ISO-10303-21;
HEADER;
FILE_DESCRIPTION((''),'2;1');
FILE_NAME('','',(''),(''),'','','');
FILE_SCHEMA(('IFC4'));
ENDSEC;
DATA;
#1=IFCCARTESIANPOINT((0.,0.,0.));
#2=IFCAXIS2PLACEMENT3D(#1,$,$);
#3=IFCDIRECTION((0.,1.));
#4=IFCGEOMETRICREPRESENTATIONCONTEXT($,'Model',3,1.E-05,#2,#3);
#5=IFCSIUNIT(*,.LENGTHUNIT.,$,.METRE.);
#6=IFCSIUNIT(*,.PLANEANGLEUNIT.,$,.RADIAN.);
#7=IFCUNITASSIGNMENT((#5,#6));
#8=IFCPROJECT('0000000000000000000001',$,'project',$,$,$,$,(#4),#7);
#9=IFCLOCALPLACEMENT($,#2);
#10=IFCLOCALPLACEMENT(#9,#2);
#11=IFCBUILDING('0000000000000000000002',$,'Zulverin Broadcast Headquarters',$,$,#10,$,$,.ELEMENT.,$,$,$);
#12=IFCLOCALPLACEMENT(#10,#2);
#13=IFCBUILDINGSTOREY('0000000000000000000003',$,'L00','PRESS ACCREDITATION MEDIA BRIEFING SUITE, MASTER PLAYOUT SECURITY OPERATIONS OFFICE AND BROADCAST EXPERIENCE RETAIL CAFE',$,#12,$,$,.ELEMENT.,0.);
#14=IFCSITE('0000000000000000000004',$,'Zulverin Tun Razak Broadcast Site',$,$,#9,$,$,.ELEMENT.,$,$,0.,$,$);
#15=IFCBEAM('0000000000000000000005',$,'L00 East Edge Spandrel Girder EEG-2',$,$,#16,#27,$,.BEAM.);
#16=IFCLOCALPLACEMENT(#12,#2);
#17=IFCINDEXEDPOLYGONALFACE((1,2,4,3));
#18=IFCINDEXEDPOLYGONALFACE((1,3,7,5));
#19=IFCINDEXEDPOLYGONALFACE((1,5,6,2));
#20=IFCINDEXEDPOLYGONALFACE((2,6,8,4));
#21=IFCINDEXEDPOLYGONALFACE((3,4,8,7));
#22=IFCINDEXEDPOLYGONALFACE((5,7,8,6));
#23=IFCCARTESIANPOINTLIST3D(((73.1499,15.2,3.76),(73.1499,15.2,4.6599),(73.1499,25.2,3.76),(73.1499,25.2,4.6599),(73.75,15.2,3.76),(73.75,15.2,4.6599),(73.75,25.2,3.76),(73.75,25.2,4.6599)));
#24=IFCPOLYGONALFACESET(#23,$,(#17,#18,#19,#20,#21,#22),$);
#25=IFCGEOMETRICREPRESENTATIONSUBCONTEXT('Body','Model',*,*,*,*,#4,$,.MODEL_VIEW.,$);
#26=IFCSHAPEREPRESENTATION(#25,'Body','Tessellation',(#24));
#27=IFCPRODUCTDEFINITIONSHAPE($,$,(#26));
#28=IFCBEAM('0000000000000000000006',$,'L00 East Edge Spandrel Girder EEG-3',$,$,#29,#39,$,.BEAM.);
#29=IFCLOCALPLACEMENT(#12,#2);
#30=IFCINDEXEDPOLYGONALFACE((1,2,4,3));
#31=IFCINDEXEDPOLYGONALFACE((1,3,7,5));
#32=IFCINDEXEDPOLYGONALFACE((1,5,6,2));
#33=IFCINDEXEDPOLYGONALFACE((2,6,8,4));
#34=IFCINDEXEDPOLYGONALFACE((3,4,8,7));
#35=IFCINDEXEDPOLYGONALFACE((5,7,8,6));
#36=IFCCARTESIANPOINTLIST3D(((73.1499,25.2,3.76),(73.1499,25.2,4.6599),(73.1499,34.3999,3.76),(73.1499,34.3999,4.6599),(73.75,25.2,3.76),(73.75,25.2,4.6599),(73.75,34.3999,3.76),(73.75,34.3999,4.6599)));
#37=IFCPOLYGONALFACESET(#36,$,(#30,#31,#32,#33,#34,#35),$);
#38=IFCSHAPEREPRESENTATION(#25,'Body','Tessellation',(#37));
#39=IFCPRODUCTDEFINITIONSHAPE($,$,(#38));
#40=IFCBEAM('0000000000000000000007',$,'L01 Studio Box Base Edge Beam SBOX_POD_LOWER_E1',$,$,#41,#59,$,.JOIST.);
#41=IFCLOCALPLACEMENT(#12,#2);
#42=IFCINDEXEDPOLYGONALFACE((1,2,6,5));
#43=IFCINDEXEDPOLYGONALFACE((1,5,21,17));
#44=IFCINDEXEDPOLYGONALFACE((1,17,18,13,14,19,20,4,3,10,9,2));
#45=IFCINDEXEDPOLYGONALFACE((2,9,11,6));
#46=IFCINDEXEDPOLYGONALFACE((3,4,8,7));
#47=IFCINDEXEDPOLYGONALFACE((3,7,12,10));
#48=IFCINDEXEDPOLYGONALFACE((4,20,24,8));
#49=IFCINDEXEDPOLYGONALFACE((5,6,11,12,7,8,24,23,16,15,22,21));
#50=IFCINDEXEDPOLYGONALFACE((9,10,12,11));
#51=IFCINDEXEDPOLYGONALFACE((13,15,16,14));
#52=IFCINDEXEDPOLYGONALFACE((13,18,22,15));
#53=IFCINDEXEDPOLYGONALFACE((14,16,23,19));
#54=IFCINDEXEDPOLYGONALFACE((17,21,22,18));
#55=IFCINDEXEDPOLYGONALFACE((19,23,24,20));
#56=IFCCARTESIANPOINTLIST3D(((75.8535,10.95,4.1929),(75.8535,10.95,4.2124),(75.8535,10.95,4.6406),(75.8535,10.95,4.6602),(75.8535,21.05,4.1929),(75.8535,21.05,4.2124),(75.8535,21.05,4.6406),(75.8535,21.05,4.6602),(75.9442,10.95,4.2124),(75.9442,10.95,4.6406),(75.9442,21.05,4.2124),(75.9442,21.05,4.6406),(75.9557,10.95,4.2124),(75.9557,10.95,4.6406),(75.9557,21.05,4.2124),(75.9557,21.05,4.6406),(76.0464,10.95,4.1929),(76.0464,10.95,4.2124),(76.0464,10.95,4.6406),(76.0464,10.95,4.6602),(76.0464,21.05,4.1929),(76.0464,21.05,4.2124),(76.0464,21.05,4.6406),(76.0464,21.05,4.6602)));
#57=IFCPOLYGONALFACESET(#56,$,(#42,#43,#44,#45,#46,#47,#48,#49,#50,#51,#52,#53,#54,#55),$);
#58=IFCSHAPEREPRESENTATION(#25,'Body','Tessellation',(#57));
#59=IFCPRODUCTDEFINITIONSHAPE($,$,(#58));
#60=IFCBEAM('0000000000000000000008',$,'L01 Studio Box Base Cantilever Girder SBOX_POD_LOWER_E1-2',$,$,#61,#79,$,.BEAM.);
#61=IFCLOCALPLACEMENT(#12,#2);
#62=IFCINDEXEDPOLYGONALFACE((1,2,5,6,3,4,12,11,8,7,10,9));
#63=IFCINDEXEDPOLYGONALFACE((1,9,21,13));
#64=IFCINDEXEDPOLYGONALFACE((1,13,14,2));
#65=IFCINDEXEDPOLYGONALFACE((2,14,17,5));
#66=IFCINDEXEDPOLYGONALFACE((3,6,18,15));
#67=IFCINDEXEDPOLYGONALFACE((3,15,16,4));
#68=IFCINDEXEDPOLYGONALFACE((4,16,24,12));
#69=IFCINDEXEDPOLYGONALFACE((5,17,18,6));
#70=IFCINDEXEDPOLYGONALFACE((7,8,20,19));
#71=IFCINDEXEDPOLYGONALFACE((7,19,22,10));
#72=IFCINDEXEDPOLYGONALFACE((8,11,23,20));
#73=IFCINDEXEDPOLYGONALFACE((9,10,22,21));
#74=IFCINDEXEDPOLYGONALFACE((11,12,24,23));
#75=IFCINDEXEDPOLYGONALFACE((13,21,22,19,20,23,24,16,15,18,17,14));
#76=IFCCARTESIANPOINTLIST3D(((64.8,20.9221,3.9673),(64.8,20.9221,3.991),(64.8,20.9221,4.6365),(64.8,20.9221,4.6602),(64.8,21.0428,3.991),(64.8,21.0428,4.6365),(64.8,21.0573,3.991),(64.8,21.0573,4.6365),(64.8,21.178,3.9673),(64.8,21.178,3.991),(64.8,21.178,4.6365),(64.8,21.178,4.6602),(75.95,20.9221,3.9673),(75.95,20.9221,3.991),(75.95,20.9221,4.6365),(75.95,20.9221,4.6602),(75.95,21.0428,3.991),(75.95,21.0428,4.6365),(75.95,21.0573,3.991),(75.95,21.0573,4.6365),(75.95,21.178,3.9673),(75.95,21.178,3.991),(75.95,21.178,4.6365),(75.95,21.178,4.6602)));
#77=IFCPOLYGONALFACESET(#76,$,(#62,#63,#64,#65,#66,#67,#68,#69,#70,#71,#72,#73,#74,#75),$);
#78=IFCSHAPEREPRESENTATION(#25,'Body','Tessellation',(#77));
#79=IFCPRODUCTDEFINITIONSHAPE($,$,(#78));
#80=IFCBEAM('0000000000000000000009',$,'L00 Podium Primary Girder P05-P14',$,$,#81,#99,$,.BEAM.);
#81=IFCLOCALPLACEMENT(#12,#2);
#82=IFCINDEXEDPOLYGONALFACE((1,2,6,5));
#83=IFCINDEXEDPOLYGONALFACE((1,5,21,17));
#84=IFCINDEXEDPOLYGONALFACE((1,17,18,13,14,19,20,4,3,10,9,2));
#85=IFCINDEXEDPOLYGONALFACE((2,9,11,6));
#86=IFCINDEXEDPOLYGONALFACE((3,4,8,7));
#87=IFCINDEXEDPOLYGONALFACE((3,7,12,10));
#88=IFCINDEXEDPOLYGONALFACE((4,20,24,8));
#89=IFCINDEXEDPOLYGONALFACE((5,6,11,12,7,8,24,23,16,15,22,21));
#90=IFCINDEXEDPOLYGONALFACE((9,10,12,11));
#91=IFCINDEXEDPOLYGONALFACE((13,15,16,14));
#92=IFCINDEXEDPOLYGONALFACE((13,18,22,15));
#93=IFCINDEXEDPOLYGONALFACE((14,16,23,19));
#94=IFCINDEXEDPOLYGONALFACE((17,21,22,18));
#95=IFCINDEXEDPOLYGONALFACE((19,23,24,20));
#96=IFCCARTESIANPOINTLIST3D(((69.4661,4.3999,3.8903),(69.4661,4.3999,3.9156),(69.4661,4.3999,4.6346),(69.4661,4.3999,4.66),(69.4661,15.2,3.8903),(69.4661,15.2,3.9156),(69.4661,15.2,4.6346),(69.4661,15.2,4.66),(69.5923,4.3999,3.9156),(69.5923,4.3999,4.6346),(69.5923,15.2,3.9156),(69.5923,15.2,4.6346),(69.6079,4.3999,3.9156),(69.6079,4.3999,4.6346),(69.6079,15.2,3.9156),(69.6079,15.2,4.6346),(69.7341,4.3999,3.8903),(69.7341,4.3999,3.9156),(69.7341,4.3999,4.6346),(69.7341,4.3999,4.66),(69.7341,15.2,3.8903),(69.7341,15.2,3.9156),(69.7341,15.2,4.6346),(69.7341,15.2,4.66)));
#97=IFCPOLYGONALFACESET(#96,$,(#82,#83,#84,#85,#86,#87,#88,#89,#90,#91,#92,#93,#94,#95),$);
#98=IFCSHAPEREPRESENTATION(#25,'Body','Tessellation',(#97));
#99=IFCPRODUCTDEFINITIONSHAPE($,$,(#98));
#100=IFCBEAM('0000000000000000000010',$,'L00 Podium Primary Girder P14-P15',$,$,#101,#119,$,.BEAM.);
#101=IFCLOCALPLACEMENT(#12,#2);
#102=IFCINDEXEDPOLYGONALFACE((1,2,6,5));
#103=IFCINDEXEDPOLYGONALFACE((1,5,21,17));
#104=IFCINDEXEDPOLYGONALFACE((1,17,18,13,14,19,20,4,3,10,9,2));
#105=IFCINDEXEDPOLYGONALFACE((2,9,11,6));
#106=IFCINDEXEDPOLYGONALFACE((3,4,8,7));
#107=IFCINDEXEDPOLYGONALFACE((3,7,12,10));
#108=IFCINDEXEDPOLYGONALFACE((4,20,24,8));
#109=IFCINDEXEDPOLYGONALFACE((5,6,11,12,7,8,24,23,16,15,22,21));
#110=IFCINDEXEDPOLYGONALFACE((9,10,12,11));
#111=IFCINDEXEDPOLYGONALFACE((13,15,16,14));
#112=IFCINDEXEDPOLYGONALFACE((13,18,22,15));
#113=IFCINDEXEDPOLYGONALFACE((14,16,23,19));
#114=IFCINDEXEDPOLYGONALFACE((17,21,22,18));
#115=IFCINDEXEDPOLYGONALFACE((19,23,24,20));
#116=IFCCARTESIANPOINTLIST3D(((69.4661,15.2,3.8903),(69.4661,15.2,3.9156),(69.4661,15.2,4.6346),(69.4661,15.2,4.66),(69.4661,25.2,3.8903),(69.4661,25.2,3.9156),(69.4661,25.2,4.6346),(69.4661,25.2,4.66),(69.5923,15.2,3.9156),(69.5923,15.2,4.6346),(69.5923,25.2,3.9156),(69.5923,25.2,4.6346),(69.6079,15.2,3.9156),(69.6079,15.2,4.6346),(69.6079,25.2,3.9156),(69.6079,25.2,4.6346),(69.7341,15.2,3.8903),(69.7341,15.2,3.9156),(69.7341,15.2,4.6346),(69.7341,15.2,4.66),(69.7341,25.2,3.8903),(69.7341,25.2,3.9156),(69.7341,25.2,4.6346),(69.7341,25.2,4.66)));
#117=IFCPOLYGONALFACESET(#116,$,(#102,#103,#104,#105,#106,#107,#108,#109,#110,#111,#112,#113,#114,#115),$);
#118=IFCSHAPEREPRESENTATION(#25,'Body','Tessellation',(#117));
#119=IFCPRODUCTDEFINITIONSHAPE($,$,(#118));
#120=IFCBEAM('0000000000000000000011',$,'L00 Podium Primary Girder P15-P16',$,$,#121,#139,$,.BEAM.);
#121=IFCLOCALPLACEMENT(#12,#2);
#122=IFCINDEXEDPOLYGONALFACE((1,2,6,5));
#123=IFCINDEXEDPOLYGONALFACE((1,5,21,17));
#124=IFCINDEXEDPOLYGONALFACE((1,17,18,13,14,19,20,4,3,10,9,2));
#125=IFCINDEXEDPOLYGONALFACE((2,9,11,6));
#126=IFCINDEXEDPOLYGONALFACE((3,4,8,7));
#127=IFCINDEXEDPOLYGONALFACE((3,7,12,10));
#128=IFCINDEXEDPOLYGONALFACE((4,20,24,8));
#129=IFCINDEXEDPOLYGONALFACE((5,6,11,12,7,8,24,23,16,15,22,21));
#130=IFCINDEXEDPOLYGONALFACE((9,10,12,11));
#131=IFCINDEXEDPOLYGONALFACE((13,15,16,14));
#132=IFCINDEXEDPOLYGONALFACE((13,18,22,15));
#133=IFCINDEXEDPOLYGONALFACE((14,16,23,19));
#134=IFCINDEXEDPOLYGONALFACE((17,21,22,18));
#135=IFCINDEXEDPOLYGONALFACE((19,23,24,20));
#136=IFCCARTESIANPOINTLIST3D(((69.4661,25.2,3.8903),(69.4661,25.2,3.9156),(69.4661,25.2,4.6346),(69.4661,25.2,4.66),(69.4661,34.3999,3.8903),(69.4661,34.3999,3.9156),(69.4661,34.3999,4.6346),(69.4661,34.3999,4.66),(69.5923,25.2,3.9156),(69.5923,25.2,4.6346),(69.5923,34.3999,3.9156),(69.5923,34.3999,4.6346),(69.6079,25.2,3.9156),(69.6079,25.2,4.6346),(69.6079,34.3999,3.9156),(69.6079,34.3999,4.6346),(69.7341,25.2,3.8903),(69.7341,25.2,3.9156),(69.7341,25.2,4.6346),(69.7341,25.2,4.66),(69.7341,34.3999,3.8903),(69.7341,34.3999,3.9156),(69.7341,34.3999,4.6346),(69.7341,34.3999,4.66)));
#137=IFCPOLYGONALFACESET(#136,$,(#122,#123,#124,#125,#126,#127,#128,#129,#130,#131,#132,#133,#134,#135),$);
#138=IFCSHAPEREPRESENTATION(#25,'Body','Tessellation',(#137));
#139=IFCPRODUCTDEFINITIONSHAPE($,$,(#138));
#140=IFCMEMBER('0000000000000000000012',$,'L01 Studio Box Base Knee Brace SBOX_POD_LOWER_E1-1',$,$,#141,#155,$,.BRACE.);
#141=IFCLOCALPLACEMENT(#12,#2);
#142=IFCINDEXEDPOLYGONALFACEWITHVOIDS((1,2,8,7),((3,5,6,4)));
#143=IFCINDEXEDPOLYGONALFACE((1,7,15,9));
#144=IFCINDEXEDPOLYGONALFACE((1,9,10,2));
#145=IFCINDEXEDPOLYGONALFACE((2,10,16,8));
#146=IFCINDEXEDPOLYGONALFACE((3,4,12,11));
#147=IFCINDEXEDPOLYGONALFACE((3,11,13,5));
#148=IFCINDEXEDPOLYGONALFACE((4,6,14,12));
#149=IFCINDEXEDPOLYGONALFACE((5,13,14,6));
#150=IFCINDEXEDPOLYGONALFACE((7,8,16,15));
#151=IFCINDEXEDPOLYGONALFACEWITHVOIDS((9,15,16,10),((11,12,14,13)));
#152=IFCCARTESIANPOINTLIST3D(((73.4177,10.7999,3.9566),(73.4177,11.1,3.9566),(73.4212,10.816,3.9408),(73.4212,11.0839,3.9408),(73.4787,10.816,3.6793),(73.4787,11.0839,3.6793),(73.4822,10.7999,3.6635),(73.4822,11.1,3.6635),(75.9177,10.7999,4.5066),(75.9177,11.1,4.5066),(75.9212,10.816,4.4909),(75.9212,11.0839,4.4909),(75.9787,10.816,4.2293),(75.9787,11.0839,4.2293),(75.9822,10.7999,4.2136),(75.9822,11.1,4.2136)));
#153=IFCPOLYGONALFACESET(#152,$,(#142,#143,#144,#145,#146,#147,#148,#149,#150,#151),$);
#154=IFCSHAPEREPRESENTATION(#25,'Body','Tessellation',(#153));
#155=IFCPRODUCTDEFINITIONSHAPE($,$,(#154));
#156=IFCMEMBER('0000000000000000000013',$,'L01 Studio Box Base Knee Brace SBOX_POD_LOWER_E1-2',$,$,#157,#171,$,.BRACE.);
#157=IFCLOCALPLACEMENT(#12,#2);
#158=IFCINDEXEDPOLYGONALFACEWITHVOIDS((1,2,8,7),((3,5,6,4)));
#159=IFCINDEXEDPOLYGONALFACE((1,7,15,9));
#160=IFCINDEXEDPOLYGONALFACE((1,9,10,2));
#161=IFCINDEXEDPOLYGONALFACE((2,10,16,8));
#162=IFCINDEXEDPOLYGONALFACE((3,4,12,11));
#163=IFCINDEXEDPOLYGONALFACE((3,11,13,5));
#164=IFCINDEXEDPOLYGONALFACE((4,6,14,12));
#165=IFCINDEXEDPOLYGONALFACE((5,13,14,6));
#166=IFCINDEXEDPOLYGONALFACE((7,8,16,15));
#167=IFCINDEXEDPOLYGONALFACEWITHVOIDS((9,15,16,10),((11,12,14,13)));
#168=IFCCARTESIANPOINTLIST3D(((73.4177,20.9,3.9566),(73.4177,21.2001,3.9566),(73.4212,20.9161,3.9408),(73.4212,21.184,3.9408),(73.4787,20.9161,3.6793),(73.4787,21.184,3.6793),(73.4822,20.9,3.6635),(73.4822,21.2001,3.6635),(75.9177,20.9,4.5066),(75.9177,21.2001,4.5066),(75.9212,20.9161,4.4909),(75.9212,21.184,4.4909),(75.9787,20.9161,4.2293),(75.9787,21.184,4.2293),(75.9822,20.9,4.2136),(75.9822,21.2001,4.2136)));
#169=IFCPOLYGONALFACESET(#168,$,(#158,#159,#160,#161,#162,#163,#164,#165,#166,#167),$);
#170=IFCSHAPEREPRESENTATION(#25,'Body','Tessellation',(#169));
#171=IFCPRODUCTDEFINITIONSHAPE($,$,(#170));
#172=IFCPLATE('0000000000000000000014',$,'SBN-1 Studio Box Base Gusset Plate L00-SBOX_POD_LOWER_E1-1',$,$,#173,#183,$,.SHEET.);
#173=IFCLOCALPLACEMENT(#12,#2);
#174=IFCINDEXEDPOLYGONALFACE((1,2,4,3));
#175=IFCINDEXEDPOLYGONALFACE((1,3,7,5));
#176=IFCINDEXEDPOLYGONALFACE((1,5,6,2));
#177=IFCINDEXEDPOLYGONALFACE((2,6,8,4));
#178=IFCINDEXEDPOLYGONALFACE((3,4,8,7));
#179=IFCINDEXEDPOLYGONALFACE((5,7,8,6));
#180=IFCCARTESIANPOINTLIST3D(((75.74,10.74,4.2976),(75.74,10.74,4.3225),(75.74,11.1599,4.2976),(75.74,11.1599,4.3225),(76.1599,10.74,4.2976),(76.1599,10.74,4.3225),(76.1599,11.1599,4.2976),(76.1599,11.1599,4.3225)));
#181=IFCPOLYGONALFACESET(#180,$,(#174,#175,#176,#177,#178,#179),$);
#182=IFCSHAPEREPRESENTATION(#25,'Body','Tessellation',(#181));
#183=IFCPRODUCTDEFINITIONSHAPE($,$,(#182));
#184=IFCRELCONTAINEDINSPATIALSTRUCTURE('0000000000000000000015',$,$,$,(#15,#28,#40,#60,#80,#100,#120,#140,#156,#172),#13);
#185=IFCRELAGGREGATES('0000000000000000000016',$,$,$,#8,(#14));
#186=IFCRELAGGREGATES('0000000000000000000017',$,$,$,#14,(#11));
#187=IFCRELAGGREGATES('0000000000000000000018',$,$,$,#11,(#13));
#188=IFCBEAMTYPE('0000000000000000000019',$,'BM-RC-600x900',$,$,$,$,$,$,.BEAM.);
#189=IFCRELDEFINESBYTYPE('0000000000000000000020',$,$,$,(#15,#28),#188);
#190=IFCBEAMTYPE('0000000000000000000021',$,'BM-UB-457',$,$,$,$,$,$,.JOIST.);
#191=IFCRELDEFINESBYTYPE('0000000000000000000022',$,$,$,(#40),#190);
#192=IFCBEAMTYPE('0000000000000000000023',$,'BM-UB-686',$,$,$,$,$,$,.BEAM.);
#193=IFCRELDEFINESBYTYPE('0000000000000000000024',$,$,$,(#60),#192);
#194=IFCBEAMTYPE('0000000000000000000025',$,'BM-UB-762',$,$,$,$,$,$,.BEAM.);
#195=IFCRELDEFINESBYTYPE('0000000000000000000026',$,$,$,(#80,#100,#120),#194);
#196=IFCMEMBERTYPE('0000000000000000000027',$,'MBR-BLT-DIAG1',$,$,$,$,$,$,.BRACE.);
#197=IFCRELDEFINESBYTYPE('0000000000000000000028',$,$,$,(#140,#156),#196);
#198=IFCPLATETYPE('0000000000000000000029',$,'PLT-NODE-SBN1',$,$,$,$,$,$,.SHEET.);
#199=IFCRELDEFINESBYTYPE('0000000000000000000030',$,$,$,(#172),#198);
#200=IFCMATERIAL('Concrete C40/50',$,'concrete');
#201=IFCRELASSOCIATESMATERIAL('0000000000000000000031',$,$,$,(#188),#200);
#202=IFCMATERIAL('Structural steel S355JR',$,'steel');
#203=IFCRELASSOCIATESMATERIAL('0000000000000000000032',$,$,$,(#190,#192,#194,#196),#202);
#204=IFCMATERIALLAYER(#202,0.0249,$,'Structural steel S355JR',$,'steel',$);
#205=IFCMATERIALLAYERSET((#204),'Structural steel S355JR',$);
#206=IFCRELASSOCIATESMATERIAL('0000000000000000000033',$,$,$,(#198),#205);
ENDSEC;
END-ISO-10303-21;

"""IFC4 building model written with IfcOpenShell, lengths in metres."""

from ifc_helpers import new_model, si_unit, direction, frame, origin, origin_2d, place, context, subcontext, project, spatial, rectangle, hollow_rectangle, i_section, extrude, material, layer, layer_set, material_profile, profile_set, type_object, element, save


model = new_model("IFC4")

# Units and contexts
model_context = context("Model", 3, precision=1e-05, world=origin(), true_north=direction((0.0, 1.0)))
body_context = subcontext(model_context, "Body", "Model", "MODEL_VIEW")
ifc_project = project(units=[si_unit("LENGTHUNIT", "METRE"), si_unit("PLANEANGLEUNIT", "RADIAN")], contexts=[model_context])

# Site, building, storey
site_placement = place(None, origin())
site = spatial("IfcSite", under=ifc_project, at=site_placement, Name="Zulverin Tun Razak Broadcast Site", CompositionType="ELEMENT", RefElevation=0.0)
building_placement = place(site_placement, origin())
building = spatial("IfcBuilding", under=site, at=building_placement, Name="Zulverin Broadcast Headquarters", CompositionType="ELEMENT")
storey_placement = place(building_placement, origin())
storey = spatial("IfcBuildingStorey", under=building, at=storey_placement, Name="L00", Description="PRESS ACCREDITATION MEDIA BRIEFING SUITE, MASTER PLAYOUT SECURITY OPERATIONS OFFICE AND BROADCAST EXPERIENCE RETAIL CAFE", CompositionType="ELEMENT", Elevation=0.0)

# Beams
ifc_material_1 = material(Name="Concrete C40/50", Category="concrete")
ifc_material_profile_1 = material_profile(ifc_material_1, rectangle(XDim=0.6001, YDim=0.8999, at=origin_2d()), Name="Concrete C40/50", Category="concrete")
ifc_profile_set_1 = profile_set([ifc_material_profile_1], Name="Concrete C40/50")
beam_type_1 = type_object("IfcBeamType", Name="BM-RC-600x900", PredefinedType="BEAM", material=ifc_profile_set_1)
beam_1_placement = place(storey_placement, frame((73.45, 15.2, 4.21), z_axis=(0.0, 1.0, 0.0), x_axis=(-1.0, 0.0, 0.0)))
element("IfcBeam", 1, at=beam_1_placement, inside=storey, type_object=beam_type_1, Name="L00 East Edge Spandrel Girder EEG-2", PredefinedType="BEAM", context=body_context, shape_type="SweptSolid", body=[
    extrude(rectangle(XDim=0.6001, YDim=0.8999, at=origin_2d()), origin(), (0.0, 0.0, 1.0), 10.0),
])
beam_2_placement = place(storey_placement, frame((73.45, 25.2, 4.21), z_axis=(0.0, 1.0, 0.0), x_axis=(-1.0, 0.0, 0.0)))
element("IfcBeam", 2, at=beam_2_placement, inside=storey, type_object=beam_type_1, Name="L00 East Edge Spandrel Girder EEG-3", PredefinedType="BEAM", context=body_context, shape_type="SweptSolid", body=[
    extrude(rectangle(XDim=0.6001, YDim=0.8999, at=origin_2d()), origin(), (0.0, 0.0, 1.0), 9.2),
])
ifc_material_2 = material(Name="Structural steel S355JR", Category="steel")
ifc_material_profile_2 = material_profile(ifc_material_2, i_section(OverallWidth=0.1929, OverallDepth=0.4673, WebThickness=0.0115, FlangeThickness=0.0195, at=origin_2d()), Name="Structural steel S355JR", Category="steel")
ifc_profile_set_2 = profile_set([ifc_material_profile_2], Name="Structural steel S355JR")
beam_type_2 = type_object("IfcBeamType", Name="BM-UB-457", PredefinedType="JOIST", material=ifc_profile_set_2)
beam_3_placement = place(storey_placement, frame((75.95, 10.95, 4.4265), z_axis=(0.0, 1.0, 0.0), x_axis=(-1.0, 0.0, 0.0)))
element("IfcBeam", 3, at=beam_3_placement, inside=storey, type_object=beam_type_2, Name="L01 Studio Box Base Edge Beam SBOX_POD_LOWER_E1", PredefinedType="JOIST", context=body_context, shape_type="SweptSolid", body=[
    extrude(i_section(OverallWidth=0.1929, OverallDepth=0.4673, WebThickness=0.0115, FlangeThickness=0.0195, at=origin_2d()), origin(), (0.0, 0.0, 1.0), 10.1001),
])
ifc_material_profile_3 = material_profile(ifc_material_2, i_section(OverallWidth=0.2559, OverallDepth=0.6929, WebThickness=0.0144, FlangeThickness=0.0237, at=origin_2d()), Name="Structural steel S355JR", Category="steel")
ifc_profile_set_3 = profile_set([ifc_material_profile_3], Name="Structural steel S355JR")
beam_type_3 = type_object("IfcBeamType", Name="BM-UB-686", PredefinedType="BEAM", material=ifc_profile_set_3)
beam_4_placement = place(storey_placement, frame((64.8, 21.05, 4.3137), z_axis=(1.0, 0.0, 0.0), x_axis=(0.0, 1.0, 0.0)))
element("IfcBeam", 4, at=beam_4_placement, inside=storey, type_object=beam_type_3, Name="L01 Studio Box Base Cantilever Girder SBOX_POD_LOWER_E1-2", PredefinedType="BEAM", context=body_context, shape_type="SweptSolid", body=[
    extrude(i_section(OverallWidth=0.2559, OverallDepth=0.6929, WebThickness=0.0144, FlangeThickness=0.0237, at=origin_2d()), origin(), (0.0, 0.0, 1.0), 11.1499),
])
ifc_material_profile_4 = material_profile(ifc_material_2, i_section(OverallWidth=0.2681, OverallDepth=0.7698, WebThickness=0.0156, FlangeThickness=0.0254, at=origin_2d()), Name="Structural steel S355JR", Category="steel")
ifc_profile_set_4 = profile_set([ifc_material_profile_4], Name="Structural steel S355JR")
beam_type_4 = type_object("IfcBeamType", Name="BM-UB-762", PredefinedType="BEAM", material=ifc_profile_set_4)
beam_5_placement = place(storey_placement, frame((69.6001, 4.3999, 4.2751), z_axis=(0.0, 1.0, 0.0), x_axis=(-1.0, 0.0, 0.0)))
element("IfcBeam", 5, at=beam_5_placement, inside=storey, type_object=beam_type_4, Name="L00 Podium Primary Girder P05-P14", PredefinedType="BEAM", context=body_context, shape_type="SweptSolid", body=[
    extrude(i_section(OverallWidth=0.2681, OverallDepth=0.7698, WebThickness=0.0156, FlangeThickness=0.0254, at=origin_2d()), origin(), (0.0, 0.0, 1.0), 10.8),
])
beam_6_placement = place(storey_placement, frame((69.6001, 15.2, 4.2751), z_axis=(0.0, 1.0, 0.0), x_axis=(-1.0, 0.0, 0.0)))
element("IfcBeam", 6, at=beam_6_placement, inside=storey, type_object=beam_type_4, Name="L00 Podium Primary Girder P14-P15", PredefinedType="BEAM", context=body_context, shape_type="SweptSolid", body=[
    extrude(i_section(OverallWidth=0.2681, OverallDepth=0.7698, WebThickness=0.0156, FlangeThickness=0.0254, at=origin_2d()), origin(), (0.0, 0.0, 1.0), 10.0),
])
beam_7_placement = place(storey_placement, frame((69.6001, 25.2, 4.2751), z_axis=(0.0, 1.0, 0.0), x_axis=(-1.0, 0.0, 0.0)))
element("IfcBeam", 7, at=beam_7_placement, inside=storey, type_object=beam_type_4, Name="L00 Podium Primary Girder P15-P16", PredefinedType="BEAM", context=body_context, shape_type="SweptSolid", body=[
    extrude(i_section(OverallWidth=0.2681, OverallDepth=0.7698, WebThickness=0.0156, FlangeThickness=0.0254, at=origin_2d()), origin(), (0.0, 0.0, 1.0), 9.2),
])

# Members
ifc_material_profile_5 = material_profile(ifc_material_2, hollow_rectangle(XDim=0.3, YDim=0.3, WallThickness=0.0161, at=origin_2d()), Name="Structural steel S355JR", Category="steel")
ifc_profile_set_5 = profile_set([ifc_material_profile_5], Name="Structural steel S355JR")
member_type = type_object("IfcMemberType", Name="MBR-BLT-DIAG1", PredefinedType="BRACE", material=ifc_profile_set_5)
for number, where, z_axis, x_axis, name in (
    (8, (73.45, 10.95, 3.8101), (0.97664, 0.0, 0.21488), (0.0, 1.0, 0.0), "L01 Studio Box Base Knee Brace SBOX_POD_LOWER_E1-1"),
    (9, (73.45, 21.05, 3.8101), (0.97664, 0.0, 0.21488), (0.0, 1.0, 0.0), "L01 Studio Box Base Knee Brace SBOX_POD_LOWER_E1-2"),
):
    element("IfcMember", number, at=place(storey_placement, frame(where, z_axis=z_axis, x_axis=x_axis)), inside=storey, type_object=member_type, Name=name, PredefinedType="BRACE", context=body_context, shape_type="SweptSolid", body=[
        extrude(hollow_rectangle(XDim=0.3, YDim=0.3, WallThickness=0.0161, at=origin_2d()), origin(), (0.0, 0.0, 1.0), 2.5598),
    ])

# Plate
ifc_layer_1 = layer(ifc_material_2, 0.0249, Name="Structural steel S355JR", Category="steel")
ifc_layer_set_1 = layer_set([ifc_layer_1], Name="Structural steel S355JR")
plate_type = type_object("IfcPlateType", Name="PLT-NODE-SBN1", PredefinedType="SHEET", material=ifc_layer_set_1)
for number, where, z_axis, x_axis, name in (
    (10, (75.95, 10.95, 4.2976), (0.0, 0.0, 1.0), (1.0, 0.0, 0.0), "SBN-1 Studio Box Base Gusset Plate L00-SBOX_POD_LOWER_E1-1"),
):
    element("IfcPlate", number, at=place(storey_placement, frame(where, z_axis=z_axis, x_axis=x_axis)), inside=storey, type_object=plate_type, Name=name, PredefinedType="SHEET", context=body_context, shape_type="SweptSolid", body=[
        extrude(rectangle(XDim=0.4199, YDim=0.4199, at=origin_2d()), origin(), (0.0, 0.0, 1.0), 0.0249),
    ])

save(model, "model.ifc")
